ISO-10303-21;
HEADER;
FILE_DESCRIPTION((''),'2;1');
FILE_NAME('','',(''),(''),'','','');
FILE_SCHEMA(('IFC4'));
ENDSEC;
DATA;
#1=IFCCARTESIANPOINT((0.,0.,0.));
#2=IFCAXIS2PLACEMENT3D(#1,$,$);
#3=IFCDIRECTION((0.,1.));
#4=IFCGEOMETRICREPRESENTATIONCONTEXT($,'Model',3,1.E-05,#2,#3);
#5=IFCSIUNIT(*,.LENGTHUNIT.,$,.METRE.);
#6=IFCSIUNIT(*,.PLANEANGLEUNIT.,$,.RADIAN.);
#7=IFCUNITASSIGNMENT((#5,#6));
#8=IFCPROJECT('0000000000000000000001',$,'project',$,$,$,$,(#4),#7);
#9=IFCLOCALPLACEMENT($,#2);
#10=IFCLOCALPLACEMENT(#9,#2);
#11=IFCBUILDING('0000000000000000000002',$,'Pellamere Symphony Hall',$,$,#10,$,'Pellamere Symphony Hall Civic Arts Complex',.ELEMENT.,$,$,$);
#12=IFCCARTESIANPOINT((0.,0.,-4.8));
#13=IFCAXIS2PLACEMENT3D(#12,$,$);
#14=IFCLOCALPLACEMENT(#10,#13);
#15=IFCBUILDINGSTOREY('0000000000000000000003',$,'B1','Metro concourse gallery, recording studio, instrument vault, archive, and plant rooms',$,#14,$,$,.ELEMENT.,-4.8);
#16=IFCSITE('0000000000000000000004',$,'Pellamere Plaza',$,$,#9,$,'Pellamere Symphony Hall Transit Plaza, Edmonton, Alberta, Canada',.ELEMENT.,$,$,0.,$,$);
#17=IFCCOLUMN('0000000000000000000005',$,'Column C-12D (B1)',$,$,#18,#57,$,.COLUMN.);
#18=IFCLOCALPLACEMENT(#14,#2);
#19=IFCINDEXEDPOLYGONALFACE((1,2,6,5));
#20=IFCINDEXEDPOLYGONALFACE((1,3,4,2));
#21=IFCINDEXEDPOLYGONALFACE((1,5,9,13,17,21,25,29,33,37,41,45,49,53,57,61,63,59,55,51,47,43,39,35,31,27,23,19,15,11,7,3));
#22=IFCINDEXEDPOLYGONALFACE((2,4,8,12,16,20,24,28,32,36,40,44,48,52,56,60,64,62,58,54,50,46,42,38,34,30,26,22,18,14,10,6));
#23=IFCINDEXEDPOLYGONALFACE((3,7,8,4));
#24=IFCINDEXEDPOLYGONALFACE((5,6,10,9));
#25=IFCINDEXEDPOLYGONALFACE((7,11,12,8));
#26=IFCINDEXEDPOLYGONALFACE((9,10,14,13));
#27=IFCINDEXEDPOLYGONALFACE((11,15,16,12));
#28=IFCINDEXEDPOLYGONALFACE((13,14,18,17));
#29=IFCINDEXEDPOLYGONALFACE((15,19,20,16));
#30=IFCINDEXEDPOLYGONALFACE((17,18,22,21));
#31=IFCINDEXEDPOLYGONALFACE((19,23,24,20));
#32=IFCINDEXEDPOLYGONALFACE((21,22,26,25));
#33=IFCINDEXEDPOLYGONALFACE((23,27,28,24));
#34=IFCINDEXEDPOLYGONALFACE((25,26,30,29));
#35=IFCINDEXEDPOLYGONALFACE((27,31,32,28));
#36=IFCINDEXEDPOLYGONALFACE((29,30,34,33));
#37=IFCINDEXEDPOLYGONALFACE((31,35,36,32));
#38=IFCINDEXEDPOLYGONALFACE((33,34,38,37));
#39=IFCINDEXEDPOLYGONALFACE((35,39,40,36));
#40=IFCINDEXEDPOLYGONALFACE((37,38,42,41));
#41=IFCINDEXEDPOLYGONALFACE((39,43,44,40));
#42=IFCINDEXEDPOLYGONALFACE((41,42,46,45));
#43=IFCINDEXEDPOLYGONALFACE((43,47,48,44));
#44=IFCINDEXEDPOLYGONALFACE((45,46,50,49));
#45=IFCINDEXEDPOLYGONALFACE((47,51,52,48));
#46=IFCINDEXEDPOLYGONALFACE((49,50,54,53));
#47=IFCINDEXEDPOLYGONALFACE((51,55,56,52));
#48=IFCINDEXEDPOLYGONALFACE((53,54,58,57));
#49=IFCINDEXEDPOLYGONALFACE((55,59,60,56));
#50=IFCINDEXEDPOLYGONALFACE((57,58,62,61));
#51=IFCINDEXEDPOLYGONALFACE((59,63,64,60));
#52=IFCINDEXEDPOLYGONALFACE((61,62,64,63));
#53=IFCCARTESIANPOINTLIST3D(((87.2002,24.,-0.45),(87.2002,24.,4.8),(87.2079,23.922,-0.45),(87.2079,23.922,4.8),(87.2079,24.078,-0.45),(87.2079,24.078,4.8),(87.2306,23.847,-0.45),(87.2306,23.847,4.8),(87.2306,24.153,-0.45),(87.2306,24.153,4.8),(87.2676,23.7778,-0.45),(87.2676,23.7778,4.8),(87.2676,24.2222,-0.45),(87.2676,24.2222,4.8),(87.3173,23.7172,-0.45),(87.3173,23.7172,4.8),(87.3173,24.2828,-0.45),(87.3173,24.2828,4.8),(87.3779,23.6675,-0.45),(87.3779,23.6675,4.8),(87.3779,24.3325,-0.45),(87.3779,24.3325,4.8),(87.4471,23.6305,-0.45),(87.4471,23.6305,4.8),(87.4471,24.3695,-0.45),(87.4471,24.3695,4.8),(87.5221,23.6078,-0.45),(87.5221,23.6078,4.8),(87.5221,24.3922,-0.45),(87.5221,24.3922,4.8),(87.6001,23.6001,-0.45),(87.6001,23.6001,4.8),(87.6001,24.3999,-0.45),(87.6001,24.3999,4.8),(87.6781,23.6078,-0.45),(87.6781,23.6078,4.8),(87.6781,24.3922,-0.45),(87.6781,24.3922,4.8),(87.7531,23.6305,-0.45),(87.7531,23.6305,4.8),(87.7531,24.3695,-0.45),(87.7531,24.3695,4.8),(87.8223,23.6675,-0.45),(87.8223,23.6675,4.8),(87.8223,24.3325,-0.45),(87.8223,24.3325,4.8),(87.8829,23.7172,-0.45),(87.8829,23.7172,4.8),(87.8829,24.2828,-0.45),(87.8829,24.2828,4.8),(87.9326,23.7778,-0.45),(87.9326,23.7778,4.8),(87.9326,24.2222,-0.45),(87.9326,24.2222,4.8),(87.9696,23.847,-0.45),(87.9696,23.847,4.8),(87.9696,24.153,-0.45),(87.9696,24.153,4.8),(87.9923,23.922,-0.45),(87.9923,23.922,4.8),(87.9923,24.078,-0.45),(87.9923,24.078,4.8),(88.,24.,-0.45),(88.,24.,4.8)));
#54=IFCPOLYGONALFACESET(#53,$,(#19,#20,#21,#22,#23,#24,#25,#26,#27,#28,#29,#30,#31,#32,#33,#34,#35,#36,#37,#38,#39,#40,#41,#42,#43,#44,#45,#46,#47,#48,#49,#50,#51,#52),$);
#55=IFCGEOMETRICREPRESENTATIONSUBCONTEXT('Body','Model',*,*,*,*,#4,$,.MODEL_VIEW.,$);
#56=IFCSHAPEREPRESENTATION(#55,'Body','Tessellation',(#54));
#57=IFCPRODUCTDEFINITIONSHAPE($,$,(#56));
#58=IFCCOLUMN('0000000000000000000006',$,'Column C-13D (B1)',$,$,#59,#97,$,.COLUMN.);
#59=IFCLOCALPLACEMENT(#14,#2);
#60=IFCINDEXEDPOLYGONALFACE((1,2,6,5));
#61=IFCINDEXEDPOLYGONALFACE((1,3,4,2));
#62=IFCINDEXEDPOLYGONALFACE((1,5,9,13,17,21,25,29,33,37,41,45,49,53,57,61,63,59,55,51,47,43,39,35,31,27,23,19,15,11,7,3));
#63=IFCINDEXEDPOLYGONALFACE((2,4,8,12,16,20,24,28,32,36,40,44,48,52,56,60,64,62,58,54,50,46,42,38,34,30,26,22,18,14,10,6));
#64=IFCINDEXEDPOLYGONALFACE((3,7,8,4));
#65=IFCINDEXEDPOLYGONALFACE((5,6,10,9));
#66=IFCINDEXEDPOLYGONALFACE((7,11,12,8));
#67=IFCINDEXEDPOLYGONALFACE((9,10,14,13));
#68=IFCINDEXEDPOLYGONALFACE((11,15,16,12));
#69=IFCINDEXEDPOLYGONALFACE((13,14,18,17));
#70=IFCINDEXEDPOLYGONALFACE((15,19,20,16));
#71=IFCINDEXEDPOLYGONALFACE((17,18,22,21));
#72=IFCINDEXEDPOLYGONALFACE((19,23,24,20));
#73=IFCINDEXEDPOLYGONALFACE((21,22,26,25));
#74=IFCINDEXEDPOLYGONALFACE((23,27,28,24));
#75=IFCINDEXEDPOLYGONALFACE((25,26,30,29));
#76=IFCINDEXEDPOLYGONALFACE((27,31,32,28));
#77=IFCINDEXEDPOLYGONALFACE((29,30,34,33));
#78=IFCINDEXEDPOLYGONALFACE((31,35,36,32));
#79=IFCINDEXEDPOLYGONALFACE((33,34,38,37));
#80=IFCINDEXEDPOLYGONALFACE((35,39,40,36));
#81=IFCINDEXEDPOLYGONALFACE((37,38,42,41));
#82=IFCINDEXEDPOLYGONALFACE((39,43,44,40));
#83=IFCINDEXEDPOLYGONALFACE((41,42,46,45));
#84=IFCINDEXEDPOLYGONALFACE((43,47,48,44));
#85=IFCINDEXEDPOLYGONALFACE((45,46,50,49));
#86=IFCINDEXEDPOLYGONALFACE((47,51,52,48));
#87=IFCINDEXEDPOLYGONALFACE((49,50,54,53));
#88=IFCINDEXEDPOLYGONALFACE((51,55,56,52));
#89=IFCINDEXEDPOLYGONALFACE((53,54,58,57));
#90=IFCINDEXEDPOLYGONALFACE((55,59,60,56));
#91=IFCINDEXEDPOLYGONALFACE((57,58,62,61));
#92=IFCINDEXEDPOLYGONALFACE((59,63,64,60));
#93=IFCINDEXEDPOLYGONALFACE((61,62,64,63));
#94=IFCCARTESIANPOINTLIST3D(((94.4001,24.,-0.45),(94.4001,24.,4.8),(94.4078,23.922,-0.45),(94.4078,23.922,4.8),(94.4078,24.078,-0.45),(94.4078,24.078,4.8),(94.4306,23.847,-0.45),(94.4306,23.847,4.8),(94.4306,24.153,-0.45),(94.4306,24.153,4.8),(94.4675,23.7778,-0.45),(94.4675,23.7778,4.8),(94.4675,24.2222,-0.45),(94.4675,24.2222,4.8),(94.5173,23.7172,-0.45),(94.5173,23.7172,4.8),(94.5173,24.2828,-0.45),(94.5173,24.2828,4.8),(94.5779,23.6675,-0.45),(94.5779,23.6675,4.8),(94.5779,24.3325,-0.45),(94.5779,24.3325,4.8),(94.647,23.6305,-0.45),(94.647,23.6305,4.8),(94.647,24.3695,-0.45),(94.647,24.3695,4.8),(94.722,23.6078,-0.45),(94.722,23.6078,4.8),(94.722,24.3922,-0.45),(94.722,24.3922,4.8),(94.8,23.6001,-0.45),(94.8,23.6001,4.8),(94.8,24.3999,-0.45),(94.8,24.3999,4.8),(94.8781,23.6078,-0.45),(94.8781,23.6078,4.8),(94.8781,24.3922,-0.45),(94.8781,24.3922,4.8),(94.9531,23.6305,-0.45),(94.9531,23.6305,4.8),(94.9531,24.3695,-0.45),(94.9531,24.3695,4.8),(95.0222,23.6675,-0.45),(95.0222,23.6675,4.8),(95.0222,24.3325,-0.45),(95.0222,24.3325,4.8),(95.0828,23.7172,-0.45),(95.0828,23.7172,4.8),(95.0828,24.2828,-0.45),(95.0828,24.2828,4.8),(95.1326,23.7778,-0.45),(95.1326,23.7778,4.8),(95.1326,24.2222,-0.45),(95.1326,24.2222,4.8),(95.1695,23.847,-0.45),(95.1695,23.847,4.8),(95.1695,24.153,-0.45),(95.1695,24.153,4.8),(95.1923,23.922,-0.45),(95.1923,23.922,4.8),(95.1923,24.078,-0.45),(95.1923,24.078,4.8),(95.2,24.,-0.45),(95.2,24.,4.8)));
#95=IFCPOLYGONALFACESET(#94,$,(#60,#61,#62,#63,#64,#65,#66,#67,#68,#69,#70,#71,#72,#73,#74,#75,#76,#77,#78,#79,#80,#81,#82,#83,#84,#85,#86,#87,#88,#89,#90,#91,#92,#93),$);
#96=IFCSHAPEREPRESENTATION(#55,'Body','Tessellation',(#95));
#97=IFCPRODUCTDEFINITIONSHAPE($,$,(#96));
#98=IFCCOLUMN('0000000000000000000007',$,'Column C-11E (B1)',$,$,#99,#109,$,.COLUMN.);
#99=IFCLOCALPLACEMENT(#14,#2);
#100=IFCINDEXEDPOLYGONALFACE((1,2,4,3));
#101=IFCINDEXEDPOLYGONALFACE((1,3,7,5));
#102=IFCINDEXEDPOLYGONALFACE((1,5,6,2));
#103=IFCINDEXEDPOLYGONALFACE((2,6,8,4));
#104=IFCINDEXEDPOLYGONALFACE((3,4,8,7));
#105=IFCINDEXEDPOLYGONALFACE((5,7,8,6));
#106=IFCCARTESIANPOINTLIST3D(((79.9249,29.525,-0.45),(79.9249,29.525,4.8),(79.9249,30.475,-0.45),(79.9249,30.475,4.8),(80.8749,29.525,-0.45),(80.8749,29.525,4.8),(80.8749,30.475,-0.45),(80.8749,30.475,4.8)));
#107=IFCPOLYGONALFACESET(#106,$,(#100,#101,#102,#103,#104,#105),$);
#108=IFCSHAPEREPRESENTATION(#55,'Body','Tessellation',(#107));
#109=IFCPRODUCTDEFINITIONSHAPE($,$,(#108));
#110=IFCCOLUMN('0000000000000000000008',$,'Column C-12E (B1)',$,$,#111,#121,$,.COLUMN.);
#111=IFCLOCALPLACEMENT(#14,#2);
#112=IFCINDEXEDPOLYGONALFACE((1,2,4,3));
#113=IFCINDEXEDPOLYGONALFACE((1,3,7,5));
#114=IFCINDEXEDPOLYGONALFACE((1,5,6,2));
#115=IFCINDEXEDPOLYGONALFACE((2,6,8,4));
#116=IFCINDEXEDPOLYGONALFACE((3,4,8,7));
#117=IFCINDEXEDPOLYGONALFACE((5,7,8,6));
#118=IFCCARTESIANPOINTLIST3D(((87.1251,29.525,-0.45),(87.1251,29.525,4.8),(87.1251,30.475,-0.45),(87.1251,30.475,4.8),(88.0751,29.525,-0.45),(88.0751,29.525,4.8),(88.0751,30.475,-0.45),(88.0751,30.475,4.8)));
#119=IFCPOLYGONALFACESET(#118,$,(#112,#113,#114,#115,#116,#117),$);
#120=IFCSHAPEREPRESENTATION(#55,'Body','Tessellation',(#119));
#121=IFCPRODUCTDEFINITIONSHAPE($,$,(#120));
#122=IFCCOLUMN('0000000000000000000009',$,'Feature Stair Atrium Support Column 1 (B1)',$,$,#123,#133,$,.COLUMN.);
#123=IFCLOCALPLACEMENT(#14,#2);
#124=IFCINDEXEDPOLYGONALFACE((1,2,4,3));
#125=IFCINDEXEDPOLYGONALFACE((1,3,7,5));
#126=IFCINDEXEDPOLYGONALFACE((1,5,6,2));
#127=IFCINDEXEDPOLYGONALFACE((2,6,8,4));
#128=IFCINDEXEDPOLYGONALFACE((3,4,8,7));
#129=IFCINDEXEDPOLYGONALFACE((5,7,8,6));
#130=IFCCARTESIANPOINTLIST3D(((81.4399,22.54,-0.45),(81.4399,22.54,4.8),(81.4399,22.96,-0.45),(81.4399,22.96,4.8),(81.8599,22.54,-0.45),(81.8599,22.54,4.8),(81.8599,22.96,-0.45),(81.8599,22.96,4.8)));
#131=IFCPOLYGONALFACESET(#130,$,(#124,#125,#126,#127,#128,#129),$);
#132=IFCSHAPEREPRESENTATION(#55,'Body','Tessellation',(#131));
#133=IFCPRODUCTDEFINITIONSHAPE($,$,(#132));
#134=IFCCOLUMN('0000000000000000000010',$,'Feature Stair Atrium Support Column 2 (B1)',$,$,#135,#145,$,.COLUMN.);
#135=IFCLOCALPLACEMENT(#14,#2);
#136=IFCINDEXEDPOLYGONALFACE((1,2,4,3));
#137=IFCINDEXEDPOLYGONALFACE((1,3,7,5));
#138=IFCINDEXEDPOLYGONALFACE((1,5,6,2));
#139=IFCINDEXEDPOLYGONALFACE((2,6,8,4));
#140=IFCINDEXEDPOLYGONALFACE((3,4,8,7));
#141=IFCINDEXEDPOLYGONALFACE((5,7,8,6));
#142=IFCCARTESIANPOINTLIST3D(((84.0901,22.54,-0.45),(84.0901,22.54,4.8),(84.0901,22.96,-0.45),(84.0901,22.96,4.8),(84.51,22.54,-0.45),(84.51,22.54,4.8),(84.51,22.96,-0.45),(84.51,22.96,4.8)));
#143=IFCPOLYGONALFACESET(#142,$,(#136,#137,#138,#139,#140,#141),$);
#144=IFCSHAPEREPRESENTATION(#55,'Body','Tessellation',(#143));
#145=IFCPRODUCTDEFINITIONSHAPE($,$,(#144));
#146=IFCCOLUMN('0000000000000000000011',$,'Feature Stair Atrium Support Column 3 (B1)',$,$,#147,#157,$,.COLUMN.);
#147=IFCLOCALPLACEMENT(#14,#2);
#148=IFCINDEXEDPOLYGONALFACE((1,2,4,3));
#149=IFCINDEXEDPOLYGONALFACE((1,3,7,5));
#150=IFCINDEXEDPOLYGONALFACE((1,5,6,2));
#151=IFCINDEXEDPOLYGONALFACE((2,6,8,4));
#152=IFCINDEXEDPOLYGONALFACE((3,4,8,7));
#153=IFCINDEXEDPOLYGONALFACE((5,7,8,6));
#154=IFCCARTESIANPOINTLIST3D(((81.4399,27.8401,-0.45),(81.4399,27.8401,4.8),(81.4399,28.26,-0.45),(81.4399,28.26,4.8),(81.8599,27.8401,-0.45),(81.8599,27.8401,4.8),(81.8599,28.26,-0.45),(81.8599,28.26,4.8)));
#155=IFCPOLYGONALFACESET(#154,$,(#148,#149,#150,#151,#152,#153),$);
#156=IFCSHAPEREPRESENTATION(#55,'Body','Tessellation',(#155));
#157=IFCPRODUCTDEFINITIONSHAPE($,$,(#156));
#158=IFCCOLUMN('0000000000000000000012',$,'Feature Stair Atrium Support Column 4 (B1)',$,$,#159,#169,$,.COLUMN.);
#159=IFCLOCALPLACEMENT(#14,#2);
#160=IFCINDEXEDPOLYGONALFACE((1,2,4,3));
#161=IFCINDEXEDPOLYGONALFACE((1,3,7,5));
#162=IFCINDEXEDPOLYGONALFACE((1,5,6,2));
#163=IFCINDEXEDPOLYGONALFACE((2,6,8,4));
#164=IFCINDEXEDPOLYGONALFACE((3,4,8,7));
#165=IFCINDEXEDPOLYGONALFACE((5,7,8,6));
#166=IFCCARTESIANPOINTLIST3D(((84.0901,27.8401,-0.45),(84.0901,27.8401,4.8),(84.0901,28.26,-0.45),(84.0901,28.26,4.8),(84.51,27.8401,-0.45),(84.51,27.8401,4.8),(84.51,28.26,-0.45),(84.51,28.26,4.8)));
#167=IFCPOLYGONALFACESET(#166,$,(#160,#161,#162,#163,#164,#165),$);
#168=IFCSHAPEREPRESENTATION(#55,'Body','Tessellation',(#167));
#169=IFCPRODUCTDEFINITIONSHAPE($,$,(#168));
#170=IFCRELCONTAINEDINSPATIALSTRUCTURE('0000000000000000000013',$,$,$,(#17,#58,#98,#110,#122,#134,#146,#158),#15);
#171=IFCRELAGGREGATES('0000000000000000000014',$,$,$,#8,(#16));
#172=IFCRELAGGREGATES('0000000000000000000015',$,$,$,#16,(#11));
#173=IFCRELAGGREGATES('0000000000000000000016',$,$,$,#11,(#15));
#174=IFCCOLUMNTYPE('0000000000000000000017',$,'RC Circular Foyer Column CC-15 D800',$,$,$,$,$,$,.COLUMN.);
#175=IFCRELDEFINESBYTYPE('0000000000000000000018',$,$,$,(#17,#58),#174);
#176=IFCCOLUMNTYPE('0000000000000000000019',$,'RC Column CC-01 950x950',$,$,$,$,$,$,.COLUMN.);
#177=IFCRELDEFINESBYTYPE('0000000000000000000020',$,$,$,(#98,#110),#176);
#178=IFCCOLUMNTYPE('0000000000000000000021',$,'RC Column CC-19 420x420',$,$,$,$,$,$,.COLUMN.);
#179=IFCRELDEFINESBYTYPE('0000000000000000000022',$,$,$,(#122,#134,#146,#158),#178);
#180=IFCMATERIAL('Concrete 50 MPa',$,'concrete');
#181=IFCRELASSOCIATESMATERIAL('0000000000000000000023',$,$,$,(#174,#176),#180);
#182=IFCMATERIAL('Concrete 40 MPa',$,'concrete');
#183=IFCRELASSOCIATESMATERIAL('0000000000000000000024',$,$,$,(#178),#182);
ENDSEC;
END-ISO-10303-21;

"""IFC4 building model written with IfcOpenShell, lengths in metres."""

from ifc_helpers import new_model, si_unit, direction, frame, origin, origin_2d, place, context, subcontext, project, spatial, rectangle, circle, extrude, material, material_profile, profile_set, type_object, element, save


model = new_model("IFC4")

# Units and contexts
model_context = context("Model", 3, precision=1e-05, world=origin(), true_north=direction((0.0, 1.0)))
body_context = subcontext(model_context, "Body", "Model", "MODEL_VIEW")
ifc_project = project(units=[si_unit("LENGTHUNIT", "METRE"), si_unit("PLANEANGLEUNIT", "RADIAN")], contexts=[model_context])

# Site, building, storey
site_placement = place(None, origin())
site = spatial("IfcSite", under=ifc_project, at=site_placement, Name="Pellamere Plaza", LongName="Pellamere Symphony Hall Transit Plaza, Edmonton, Alberta, Canada", CompositionType="ELEMENT", RefElevation=0.0)
building_placement = place(site_placement, origin())
building = spatial("IfcBuilding", under=site, at=building_placement, Name="Pellamere Symphony Hall", LongName="Pellamere Symphony Hall Civic Arts Complex", CompositionType="ELEMENT")
storey_placement = place(building_placement, frame((0.0, 0.0, -4.8)))
storey = spatial("IfcBuildingStorey", under=building, at=storey_placement, Name="B1", Description="Metro concourse gallery, recording studio, instrument vault, archive, and plant rooms", CompositionType="ELEMENT", Elevation=-4.8)

# Shared definitions
ifc_material_1 = material(Name="Concrete 40 MPa", Category="concrete")

# Columns
ifc_material_2 = material(Name="Concrete 50 MPa", Category="concrete")
ifc_material_profile_1 = material_profile(ifc_material_2, circle(Radius=0.3999, at=origin_2d()), Name="RCCOL D800")
ifc_profile_set_1 = profile_set([ifc_material_profile_1], Name="Concrete 50 MPa")
column_type_1 = type_object("IfcColumnType", Name="RC Circular Foyer Column CC-15 D800", PredefinedType="COLUMN", material=ifc_profile_set_1)
for number, where, z_axis, x_axis, name in (
    (1, (87.6001, 24.0, -0.45), (0.0, 0.0, 1.0), (1.0, 0.0, 0.0), "Column C-12D (B1)"),
    (2, (94.8, 24.0, -0.45), (0.0, 0.0, 1.0), (1.0, 0.0, 0.0), "Column C-13D (B1)"),
):
    element("IfcColumn", number, at=place(storey_placement, frame(where, z_axis=z_axis, x_axis=x_axis)), inside=storey, type_object=column_type_1, Name=name, PredefinedType="COLUMN", context=body_context, shape_type="SweptSolid", body=[
        extrude(circle(Radius=0.3999, at=origin_2d()), origin(), (0.0, 0.0, 1.0), 5.25),
    ])
ifc_material_profile_2 = material_profile(ifc_material_2, rectangle(XDim=0.95, YDim=0.95, at=origin_2d()), Name="RC 950x950")
ifc_profile_set_2 = profile_set([ifc_material_profile_2], Name="Concrete 50 MPa")
column_type_2 = type_object("IfcColumnType", Name="RC Column CC-01 950x950", PredefinedType="COLUMN", material=ifc_profile_set_2)
for number, where, z_axis, x_axis, name in (
    (3, (80.3999, 30.0, -0.45), (0.0, 0.0, 1.0), (1.0, 0.0, 0.0), "Column C-11E (B1)"),
    (4, (87.6001, 30.0, -0.45), (0.0, 0.0, 1.0), (1.0, 0.0, 0.0), "Column C-12E (B1)"),
):
    element("IfcColumn", number, at=place(storey_placement, frame(where, z_axis=z_axis, x_axis=x_axis)), inside=storey, type_object=column_type_2, Name=name, PredefinedType="COLUMN", context=body_context, shape_type="SweptSolid", body=[
        extrude(rectangle(XDim=0.95, YDim=0.95, at=origin_2d()), origin(), (0.0, 0.0, 1.0), 5.25),
    ])
ifc_material_profile_3 = material_profile(ifc_material_1, rectangle(XDim=0.4199, YDim=0.4199, at=origin_2d()), Name="RC 420x420")
ifc_profile_set_3 = profile_set([ifc_material_profile_3], Name="Concrete 40 MPa")
column_type_3 = type_object("IfcColumnType", Name="RC Column CC-19 420x420", PredefinedType="COLUMN", material=ifc_profile_set_3)
for number, where, z_axis, x_axis, name in (
    (5, (81.6499, 22.75, -0.45), (0.0, 0.0, 1.0), (1.0, 0.0, 0.0), "Feature Stair Atrium Support Column 1 (B1)"),
    (6, (84.3, 22.75, -0.45), (0.0, 0.0, 1.0), (1.0, 0.0, 0.0), "Feature Stair Atrium Support Column 2 (B1)"),
    (7, (81.6499, 28.05, -0.45), (0.0, 0.0, 1.0), (1.0, 0.0, 0.0), "Feature Stair Atrium Support Column 3 (B1)"),
    (8, (84.3, 28.05, -0.45), (0.0, 0.0, 1.0), (1.0, 0.0, 0.0), "Feature Stair Atrium Support Column 4 (B1)"),
):
    element("IfcColumn", number, at=place(storey_placement, frame(where, z_axis=z_axis, x_axis=x_axis)), inside=storey, type_object=column_type_3, Name=name, PredefinedType="COLUMN", context=body_context, shape_type="SweptSolid", body=[
        extrude(rectangle(XDim=0.4199, YDim=0.4199, at=origin_2d()), origin(), (0.0, 0.0, 1.0), 5.25),
    ])

save(model, "model.ifc")
